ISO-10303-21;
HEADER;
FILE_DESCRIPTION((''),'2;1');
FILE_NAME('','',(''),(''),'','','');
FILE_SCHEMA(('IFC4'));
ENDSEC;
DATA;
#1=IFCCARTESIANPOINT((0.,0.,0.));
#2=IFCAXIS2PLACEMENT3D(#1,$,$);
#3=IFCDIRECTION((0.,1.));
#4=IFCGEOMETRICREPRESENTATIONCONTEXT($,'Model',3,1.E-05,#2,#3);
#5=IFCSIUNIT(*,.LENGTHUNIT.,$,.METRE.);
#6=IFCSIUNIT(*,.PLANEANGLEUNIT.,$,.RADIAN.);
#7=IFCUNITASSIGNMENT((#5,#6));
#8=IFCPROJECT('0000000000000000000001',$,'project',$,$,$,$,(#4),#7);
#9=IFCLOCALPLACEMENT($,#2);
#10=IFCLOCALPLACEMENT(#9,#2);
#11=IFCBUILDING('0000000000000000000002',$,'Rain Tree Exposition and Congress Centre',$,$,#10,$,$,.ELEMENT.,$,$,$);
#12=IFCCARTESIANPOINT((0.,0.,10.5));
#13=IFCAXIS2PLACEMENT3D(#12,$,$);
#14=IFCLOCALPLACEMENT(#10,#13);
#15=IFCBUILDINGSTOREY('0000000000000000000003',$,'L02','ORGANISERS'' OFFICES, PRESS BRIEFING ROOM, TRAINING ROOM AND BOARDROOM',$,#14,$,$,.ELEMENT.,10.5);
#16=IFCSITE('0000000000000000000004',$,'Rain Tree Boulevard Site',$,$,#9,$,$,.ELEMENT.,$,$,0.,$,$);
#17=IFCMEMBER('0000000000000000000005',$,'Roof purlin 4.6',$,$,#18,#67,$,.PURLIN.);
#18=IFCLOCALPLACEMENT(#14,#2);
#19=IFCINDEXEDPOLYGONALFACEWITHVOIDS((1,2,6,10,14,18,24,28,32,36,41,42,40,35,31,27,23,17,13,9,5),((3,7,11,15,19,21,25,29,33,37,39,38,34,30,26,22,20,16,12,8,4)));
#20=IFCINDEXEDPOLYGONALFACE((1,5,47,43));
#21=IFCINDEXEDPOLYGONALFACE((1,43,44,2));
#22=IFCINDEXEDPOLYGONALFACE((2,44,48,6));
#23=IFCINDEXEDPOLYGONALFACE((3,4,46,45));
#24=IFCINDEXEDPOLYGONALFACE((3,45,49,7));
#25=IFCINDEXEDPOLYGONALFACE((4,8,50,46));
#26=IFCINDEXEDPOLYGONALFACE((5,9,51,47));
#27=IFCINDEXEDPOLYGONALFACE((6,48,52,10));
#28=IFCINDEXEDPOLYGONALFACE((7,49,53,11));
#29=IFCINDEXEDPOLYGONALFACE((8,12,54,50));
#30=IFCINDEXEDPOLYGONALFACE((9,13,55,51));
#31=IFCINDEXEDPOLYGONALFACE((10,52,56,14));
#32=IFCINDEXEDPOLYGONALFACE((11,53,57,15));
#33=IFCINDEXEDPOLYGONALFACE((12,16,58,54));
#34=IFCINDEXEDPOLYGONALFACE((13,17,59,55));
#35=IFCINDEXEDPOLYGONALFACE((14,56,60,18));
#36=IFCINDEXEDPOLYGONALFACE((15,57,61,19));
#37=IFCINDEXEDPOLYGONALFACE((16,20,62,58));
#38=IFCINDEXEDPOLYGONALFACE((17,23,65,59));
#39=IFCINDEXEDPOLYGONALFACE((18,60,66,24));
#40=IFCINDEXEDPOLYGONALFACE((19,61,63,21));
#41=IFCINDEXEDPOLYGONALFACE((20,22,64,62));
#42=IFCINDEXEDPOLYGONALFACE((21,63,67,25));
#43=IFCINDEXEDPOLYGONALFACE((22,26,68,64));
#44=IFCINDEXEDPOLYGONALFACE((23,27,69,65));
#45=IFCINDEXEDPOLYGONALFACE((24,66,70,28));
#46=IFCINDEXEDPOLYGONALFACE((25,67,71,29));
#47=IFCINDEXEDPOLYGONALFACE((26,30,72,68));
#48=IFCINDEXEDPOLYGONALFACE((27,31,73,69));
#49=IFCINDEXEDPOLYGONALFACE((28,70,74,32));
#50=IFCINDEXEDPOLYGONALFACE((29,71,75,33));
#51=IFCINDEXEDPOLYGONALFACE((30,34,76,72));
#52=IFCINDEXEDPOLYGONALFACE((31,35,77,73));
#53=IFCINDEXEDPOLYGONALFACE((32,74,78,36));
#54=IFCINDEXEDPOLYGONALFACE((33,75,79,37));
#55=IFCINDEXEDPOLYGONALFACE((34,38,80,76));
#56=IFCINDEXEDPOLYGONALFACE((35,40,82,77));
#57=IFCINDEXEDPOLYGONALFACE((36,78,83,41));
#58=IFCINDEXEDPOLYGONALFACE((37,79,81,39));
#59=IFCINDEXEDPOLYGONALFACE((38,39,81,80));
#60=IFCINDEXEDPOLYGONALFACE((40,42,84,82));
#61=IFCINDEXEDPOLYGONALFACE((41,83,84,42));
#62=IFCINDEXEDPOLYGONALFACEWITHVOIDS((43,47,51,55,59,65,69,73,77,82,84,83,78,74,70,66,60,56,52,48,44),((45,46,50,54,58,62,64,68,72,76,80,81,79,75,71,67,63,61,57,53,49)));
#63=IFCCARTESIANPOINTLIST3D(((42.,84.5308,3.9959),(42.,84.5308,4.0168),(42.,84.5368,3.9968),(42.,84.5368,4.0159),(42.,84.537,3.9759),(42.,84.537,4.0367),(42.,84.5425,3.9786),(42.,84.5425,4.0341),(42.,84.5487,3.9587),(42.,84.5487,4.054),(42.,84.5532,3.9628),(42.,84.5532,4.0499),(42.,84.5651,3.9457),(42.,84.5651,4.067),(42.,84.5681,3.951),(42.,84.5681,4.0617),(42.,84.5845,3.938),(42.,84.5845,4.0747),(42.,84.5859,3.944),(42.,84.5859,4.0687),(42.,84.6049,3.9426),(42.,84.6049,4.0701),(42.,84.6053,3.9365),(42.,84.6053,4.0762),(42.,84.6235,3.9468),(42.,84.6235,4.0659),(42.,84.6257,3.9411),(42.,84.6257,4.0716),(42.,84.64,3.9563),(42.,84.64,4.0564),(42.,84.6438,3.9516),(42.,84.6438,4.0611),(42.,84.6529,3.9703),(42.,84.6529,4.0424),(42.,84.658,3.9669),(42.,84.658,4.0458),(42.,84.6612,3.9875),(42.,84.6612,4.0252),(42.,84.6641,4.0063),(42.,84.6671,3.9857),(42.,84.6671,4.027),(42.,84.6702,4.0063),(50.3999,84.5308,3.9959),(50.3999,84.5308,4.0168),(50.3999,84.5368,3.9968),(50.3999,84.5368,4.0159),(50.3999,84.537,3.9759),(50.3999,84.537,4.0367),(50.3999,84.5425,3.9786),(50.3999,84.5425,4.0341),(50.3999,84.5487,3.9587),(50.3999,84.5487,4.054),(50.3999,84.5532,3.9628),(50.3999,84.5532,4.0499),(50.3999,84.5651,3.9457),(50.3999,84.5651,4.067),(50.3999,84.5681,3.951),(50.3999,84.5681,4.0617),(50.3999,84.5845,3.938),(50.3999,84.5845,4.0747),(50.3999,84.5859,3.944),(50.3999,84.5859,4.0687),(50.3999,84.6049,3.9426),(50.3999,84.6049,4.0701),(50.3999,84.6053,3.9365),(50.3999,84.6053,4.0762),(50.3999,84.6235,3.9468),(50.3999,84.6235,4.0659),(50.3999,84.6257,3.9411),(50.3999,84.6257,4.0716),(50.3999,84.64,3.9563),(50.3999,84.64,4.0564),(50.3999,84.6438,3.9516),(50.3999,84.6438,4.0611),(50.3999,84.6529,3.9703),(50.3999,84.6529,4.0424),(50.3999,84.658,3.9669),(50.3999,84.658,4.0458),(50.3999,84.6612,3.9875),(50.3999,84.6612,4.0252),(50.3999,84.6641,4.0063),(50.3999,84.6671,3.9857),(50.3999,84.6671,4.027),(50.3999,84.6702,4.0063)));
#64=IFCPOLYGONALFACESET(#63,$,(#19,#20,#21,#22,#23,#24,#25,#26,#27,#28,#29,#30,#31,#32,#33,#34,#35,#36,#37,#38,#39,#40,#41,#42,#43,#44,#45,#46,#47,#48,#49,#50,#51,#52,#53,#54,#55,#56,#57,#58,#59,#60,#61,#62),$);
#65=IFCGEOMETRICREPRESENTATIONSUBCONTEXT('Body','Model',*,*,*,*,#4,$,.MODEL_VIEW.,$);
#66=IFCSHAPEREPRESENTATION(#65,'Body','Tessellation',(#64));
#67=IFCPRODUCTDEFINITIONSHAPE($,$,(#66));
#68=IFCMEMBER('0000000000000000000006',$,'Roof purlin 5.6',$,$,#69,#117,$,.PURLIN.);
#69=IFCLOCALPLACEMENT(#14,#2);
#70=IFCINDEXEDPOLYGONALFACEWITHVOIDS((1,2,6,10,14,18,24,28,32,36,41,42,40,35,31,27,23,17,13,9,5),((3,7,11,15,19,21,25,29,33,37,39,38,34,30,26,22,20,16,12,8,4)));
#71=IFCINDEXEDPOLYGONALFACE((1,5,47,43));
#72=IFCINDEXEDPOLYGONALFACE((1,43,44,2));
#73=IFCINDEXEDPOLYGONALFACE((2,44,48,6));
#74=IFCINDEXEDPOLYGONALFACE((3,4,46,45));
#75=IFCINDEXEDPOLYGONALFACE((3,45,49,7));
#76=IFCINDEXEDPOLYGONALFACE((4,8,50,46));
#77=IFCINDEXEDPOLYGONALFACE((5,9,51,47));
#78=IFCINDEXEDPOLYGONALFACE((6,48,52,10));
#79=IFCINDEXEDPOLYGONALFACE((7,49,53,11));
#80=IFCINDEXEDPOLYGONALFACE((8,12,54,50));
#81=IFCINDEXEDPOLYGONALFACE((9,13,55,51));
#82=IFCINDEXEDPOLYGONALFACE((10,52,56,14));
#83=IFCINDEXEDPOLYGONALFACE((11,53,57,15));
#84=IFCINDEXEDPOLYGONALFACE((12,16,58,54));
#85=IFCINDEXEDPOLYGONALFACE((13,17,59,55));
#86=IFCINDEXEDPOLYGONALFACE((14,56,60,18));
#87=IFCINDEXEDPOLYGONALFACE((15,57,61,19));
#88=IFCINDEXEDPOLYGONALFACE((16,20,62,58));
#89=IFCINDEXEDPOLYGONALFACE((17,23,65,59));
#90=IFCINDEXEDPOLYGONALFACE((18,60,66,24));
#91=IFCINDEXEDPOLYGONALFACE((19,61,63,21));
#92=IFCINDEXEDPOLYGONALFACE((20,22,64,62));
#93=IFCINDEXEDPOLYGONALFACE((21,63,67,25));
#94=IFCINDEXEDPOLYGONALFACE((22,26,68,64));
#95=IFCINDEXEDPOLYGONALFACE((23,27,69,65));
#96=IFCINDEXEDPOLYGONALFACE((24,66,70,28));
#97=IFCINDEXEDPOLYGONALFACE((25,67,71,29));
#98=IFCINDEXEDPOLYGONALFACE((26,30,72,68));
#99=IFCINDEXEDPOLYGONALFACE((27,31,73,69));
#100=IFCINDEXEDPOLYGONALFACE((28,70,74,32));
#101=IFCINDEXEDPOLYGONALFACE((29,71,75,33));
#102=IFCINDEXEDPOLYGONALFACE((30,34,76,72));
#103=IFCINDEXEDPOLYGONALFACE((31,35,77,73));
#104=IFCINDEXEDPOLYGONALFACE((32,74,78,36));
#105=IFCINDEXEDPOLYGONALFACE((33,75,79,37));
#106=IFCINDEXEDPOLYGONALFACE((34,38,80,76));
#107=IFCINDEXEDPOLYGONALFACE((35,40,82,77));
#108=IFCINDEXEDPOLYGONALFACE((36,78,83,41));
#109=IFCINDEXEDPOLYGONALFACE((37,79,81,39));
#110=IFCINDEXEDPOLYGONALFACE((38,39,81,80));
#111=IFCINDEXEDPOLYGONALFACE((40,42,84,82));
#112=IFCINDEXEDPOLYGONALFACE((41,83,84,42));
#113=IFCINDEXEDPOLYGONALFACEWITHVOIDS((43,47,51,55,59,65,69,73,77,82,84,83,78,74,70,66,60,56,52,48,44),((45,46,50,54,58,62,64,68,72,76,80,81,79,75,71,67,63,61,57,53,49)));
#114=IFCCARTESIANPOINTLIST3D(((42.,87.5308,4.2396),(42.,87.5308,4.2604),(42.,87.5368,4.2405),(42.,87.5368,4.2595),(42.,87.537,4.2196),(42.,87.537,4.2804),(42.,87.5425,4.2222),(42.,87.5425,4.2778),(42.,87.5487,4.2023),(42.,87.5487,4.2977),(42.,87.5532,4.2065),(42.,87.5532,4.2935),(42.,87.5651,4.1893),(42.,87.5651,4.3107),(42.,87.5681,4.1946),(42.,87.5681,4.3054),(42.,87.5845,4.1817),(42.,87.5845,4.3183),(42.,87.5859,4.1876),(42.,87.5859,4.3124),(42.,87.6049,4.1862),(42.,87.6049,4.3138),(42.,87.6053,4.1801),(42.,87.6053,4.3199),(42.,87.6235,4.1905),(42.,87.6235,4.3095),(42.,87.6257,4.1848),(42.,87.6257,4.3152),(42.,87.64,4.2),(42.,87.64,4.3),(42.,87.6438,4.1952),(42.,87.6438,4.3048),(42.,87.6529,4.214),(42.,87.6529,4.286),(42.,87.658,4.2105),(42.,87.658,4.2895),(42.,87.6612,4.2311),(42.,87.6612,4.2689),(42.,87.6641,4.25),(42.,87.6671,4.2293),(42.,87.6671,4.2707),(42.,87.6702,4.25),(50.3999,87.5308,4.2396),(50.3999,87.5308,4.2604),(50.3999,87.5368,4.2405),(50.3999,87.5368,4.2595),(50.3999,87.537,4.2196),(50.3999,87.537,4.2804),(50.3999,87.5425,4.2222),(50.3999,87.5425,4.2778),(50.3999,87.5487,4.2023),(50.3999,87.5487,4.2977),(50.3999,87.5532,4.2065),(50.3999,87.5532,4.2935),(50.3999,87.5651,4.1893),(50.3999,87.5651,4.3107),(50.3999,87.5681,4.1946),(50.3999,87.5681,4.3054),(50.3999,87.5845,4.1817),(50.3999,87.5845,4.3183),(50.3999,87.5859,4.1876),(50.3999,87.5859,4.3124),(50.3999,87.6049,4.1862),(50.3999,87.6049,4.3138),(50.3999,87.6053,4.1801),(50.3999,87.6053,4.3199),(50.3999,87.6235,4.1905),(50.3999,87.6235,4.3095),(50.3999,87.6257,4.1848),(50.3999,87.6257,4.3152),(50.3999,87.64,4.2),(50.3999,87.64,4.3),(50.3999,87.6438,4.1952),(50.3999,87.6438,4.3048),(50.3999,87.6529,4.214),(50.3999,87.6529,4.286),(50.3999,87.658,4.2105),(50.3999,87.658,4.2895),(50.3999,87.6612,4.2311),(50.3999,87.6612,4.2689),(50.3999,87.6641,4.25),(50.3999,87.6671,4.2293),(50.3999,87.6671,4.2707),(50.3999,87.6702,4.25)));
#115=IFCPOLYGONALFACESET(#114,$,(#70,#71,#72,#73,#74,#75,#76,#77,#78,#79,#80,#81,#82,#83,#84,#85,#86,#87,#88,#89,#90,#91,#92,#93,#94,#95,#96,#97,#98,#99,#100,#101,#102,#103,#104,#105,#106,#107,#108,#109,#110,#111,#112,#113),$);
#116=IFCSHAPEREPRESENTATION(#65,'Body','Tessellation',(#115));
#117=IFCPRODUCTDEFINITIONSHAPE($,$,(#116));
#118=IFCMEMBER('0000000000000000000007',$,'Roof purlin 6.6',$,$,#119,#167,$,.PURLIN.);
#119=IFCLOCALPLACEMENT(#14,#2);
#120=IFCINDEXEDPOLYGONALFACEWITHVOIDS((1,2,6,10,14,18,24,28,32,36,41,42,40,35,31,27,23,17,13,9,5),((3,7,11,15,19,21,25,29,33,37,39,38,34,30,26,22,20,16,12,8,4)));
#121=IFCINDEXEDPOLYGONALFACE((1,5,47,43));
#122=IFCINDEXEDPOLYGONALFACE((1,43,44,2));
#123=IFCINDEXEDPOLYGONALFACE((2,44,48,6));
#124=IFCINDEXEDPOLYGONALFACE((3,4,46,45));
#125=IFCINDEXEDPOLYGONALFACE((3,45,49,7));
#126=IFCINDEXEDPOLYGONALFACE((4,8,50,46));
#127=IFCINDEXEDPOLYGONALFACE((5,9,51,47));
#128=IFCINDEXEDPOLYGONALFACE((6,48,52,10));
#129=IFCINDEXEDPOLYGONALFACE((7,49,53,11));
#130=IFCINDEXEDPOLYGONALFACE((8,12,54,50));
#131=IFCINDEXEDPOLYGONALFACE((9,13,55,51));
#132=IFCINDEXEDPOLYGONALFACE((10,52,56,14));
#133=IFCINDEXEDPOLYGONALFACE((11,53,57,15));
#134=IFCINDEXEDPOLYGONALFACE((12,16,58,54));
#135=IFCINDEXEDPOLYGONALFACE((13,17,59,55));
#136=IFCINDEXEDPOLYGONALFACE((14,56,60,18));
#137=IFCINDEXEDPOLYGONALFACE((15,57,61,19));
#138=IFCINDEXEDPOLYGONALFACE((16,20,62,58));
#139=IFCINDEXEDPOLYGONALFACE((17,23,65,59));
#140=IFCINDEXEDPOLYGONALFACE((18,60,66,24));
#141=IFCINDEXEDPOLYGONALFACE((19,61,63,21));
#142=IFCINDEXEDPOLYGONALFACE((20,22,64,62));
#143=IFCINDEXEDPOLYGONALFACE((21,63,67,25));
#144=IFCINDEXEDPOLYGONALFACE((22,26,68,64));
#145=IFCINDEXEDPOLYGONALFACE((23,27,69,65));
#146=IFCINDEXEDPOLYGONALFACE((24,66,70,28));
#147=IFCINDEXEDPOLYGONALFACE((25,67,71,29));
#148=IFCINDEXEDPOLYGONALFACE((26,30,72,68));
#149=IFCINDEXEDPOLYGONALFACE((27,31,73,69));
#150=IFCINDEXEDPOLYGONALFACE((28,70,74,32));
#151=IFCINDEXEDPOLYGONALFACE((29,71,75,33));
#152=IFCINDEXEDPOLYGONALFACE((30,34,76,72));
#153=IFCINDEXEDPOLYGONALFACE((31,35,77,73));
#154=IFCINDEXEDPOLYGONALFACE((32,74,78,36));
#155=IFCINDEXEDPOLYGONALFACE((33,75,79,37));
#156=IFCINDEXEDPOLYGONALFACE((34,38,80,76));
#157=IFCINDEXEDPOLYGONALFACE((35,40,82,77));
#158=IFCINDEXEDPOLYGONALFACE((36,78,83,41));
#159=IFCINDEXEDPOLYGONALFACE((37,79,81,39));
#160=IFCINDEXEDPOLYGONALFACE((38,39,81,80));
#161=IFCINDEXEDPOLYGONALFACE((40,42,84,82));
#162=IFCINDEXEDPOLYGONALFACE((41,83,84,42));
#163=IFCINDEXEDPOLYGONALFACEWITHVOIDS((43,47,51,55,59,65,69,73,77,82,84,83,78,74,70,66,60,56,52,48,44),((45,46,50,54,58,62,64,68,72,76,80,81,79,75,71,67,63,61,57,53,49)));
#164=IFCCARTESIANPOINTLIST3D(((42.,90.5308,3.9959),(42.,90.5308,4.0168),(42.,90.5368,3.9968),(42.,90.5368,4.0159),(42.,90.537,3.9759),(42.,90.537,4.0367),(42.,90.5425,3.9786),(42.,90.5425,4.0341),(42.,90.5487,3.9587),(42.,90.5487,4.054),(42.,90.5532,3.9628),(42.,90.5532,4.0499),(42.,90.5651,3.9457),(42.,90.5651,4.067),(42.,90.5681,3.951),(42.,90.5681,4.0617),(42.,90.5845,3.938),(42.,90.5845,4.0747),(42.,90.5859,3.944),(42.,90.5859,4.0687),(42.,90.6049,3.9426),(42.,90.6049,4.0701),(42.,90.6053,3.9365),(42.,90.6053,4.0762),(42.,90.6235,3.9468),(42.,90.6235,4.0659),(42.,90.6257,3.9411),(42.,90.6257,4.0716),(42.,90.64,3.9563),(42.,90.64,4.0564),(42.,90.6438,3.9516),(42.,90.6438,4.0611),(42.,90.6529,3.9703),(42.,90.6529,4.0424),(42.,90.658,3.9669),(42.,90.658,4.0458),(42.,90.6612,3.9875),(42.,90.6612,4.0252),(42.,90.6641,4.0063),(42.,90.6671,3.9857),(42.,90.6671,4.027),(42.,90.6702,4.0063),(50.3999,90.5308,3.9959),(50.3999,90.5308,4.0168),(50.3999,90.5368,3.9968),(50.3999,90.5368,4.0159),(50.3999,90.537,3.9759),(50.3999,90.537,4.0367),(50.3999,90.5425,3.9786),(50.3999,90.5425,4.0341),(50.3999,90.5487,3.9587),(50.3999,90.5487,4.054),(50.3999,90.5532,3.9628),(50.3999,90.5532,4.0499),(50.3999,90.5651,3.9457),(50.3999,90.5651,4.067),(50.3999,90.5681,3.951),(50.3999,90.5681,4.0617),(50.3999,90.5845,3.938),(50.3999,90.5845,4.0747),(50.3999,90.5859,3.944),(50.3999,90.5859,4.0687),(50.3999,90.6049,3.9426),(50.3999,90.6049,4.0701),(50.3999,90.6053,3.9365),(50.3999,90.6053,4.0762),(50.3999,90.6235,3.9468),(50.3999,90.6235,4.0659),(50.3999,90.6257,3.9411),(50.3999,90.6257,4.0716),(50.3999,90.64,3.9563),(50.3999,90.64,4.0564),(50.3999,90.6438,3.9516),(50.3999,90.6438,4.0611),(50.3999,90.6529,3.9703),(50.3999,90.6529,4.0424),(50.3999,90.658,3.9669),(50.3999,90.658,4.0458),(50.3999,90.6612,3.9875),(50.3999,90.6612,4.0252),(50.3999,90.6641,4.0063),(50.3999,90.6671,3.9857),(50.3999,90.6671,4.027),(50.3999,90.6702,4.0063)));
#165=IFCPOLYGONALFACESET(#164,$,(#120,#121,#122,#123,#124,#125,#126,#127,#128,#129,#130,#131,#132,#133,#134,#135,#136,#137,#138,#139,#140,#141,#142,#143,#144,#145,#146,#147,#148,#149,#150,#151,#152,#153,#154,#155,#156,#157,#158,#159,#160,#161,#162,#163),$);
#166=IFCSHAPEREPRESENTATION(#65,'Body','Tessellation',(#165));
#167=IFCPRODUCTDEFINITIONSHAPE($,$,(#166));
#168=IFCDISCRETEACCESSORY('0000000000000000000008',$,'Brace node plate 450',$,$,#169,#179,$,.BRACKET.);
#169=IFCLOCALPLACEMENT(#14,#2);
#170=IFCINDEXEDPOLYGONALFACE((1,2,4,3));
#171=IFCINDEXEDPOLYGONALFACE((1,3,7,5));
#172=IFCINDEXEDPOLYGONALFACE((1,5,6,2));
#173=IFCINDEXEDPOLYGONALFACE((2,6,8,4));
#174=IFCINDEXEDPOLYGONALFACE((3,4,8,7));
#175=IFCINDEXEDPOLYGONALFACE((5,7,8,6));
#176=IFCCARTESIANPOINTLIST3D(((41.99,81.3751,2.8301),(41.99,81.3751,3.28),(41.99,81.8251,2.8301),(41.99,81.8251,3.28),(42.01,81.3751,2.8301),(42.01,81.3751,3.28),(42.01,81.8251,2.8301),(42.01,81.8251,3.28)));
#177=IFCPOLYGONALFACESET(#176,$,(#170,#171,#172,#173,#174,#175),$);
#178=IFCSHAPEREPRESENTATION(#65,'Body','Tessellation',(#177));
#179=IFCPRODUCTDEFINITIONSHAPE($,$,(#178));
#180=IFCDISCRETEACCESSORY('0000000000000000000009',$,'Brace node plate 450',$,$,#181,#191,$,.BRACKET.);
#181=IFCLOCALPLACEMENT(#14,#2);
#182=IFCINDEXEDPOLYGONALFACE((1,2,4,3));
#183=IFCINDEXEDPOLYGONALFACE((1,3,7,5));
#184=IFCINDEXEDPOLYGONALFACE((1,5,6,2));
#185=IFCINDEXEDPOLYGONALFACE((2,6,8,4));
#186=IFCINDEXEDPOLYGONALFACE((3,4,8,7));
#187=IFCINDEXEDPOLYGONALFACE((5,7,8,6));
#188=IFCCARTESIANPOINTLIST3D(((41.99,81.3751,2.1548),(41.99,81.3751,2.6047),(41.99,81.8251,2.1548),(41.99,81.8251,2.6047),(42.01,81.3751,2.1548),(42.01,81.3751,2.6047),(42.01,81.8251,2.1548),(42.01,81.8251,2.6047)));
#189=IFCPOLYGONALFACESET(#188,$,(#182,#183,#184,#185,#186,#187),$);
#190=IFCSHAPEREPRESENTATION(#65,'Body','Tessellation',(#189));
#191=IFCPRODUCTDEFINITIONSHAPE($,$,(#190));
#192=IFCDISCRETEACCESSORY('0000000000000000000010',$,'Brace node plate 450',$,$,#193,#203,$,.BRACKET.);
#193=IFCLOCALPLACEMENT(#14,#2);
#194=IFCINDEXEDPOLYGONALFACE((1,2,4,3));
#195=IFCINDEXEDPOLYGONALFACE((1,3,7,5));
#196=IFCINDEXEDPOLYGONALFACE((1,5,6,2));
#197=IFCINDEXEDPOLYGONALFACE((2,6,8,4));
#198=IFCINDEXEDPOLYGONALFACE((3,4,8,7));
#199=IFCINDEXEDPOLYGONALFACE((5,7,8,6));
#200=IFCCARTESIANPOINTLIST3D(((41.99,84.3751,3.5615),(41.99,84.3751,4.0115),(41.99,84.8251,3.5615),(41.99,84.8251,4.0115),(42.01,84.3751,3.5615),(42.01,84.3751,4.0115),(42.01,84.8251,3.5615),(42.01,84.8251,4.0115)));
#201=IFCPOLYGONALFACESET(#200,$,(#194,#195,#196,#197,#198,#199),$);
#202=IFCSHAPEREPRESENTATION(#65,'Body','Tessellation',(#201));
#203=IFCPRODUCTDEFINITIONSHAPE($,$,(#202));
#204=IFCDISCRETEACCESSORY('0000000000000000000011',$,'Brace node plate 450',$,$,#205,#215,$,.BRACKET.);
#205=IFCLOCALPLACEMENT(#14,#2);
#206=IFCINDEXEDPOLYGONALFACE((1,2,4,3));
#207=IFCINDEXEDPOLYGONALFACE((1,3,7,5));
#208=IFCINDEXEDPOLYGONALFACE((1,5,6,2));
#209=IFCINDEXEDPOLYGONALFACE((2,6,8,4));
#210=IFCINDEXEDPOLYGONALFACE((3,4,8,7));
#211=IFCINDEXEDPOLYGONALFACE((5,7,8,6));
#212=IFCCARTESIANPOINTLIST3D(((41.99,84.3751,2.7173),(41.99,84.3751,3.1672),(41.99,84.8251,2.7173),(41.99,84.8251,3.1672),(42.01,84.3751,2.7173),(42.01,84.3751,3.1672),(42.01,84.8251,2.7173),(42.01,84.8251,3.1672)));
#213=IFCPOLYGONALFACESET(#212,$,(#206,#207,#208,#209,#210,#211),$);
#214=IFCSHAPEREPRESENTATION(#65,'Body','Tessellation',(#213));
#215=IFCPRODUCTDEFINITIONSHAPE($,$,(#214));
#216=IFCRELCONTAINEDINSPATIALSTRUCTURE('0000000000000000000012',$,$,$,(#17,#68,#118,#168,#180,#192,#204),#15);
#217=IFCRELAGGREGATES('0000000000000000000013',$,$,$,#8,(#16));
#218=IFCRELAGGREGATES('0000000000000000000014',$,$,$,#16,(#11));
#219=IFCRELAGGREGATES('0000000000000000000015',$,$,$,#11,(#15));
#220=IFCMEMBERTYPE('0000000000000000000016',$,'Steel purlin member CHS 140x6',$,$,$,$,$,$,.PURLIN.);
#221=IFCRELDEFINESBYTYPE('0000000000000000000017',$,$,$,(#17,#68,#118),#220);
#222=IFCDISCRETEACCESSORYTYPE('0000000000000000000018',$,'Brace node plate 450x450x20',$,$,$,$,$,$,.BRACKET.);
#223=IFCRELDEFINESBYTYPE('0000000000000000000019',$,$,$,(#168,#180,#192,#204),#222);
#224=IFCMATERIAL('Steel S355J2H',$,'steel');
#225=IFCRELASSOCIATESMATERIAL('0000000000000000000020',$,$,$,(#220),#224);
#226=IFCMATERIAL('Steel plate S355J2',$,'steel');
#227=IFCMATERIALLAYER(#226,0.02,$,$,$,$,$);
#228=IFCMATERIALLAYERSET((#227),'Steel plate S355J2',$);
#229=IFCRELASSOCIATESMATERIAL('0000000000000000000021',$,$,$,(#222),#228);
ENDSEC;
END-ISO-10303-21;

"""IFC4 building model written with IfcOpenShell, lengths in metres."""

from ifc_helpers import new_model, si_unit, direction, frame, origin, origin_2d, place, context, subcontext, project, spatial, rectangle, hollow_circle, extrude, material, layer, layer_set, material_profile, profile_set, type_object, element, save


model = new_model("IFC4")

# Units and contexts
model_context = context("Model", 3, precision=1e-05, world=origin(), true_north=direction((0.0, 1.0)))
body_context = subcontext(model_context, "Body", "Model", "MODEL_VIEW")
ifc_project = project(units=[si_unit("LENGTHUNIT", "METRE"), si_unit("PLANEANGLEUNIT", "RADIAN")], contexts=[model_context])

# Site, building, storey
site_placement = place(None, origin())
site = spatial("IfcSite", under=ifc_project, at=site_placement, Name="Rain Tree Boulevard Site", CompositionType="ELEMENT", RefElevation=0.0)
building_placement = place(site_placement, origin())
building = spatial("IfcBuilding", under=site, at=building_placement, Name="Rain Tree Exposition and Congress Centre", CompositionType="ELEMENT")
storey_placement = place(building_placement, frame((0.0, 0.0, 10.5)))
storey = spatial("IfcBuildingStorey", under=building, at=storey_placement, Name="L02", Description="ORGANISERS' OFFICES, PRESS BRIEFING ROOM, TRAINING ROOM AND BOARDROOM", CompositionType="ELEMENT", Elevation=10.5)

# Members
ifc_material_1 = material(Name="Steel S355J2H", Category="steel")
ifc_material_profile_1 = material_profile(ifc_material_1, hollow_circle(Radius=0.0701, WallThickness=0.0061, at=origin_2d()), Name="CHS 140x6")
ifc_profile_set_1 = profile_set([ifc_material_profile_1], Name="Steel S355J2H")
member_type_1 = type_object("IfcMemberType", Name="Steel purlin member CHS 140x6", PredefinedType="PURLIN", material=ifc_profile_set_1)
for number, where, z_axis, x_axis, name in (
    (1, (42.0, 84.6001, 4.0063), (1.0, 0.0, 0.0), (0.0, 1.0, 0.0), "Roof purlin 4.6"),
    (2, (42.0, 87.6001, 4.25), (1.0, 0.0, 0.0), (0.0, 1.0, 0.0), "Roof purlin 5.6"),
    (3, (42.0, 90.6001, 4.0063), (1.0, 0.0, 0.0), (0.0, 1.0, 0.0), "Roof purlin 6.6"),
):
    element("IfcMember", number, at=place(storey_placement, frame(where, z_axis=z_axis, x_axis=x_axis)), inside=storey, type_object=member_type_1, Name=name, PredefinedType="PURLIN", context=body_context, shape_type="SweptSolid", body=[
        extrude(hollow_circle(Radius=0.0701, WallThickness=0.0061, at=origin_2d()), origin(), (0.0, 0.0, 1.0), 8.3999),
    ])

# Discrete accessories
ifc_material_2 = material(Name="Steel plate S355J2", Category="steel")
ifc_layer = layer(ifc_material_2, 0.02)
ifc_layer_set = layer_set([ifc_layer], Name="Steel plate S355J2")
discrete_accessory_type = type_object("IfcDiscreteAccessoryType", Name="Brace node plate 450x450x20", PredefinedType="BRACKET", material=ifc_layer_set)
for number, where, z_axis, x_axis, name in (
    (4, (42.0, 81.6001, 2.8301), (0.0, 0.0, 1.0), (0.0, -1.0, 0.0), "Brace node plate 450"),
    (5, (42.0, 81.6001, 2.1548), (0.0, 0.0, 1.0), (0.0, 1.0, 0.0), "Brace node plate 450"),
    (6, (42.0, 84.6001, 3.5615), (0.0, 0.0, 1.0), (0.0, -1.0, 0.0), "Brace node plate 450"),
    (7, (42.0, 84.6001, 2.7173), (0.0, 0.0, 1.0), (0.0, 1.0, 0.0), "Brace node plate 450"),
):
    element("IfcDiscreteAccessory", number, at=place(storey_placement, frame(where, z_axis=z_axis, x_axis=x_axis)), inside=storey, type_object=discrete_accessory_type, Name=name, PredefinedType="BRACKET", context=body_context, shape_type="SweptSolid", body=[
        extrude(rectangle(XDim=0.45, YDim=0.02, at=origin_2d()), origin(), (0.0, 0.0, 1.0), 0.45),
    ])

save(model, "model.ifc")
